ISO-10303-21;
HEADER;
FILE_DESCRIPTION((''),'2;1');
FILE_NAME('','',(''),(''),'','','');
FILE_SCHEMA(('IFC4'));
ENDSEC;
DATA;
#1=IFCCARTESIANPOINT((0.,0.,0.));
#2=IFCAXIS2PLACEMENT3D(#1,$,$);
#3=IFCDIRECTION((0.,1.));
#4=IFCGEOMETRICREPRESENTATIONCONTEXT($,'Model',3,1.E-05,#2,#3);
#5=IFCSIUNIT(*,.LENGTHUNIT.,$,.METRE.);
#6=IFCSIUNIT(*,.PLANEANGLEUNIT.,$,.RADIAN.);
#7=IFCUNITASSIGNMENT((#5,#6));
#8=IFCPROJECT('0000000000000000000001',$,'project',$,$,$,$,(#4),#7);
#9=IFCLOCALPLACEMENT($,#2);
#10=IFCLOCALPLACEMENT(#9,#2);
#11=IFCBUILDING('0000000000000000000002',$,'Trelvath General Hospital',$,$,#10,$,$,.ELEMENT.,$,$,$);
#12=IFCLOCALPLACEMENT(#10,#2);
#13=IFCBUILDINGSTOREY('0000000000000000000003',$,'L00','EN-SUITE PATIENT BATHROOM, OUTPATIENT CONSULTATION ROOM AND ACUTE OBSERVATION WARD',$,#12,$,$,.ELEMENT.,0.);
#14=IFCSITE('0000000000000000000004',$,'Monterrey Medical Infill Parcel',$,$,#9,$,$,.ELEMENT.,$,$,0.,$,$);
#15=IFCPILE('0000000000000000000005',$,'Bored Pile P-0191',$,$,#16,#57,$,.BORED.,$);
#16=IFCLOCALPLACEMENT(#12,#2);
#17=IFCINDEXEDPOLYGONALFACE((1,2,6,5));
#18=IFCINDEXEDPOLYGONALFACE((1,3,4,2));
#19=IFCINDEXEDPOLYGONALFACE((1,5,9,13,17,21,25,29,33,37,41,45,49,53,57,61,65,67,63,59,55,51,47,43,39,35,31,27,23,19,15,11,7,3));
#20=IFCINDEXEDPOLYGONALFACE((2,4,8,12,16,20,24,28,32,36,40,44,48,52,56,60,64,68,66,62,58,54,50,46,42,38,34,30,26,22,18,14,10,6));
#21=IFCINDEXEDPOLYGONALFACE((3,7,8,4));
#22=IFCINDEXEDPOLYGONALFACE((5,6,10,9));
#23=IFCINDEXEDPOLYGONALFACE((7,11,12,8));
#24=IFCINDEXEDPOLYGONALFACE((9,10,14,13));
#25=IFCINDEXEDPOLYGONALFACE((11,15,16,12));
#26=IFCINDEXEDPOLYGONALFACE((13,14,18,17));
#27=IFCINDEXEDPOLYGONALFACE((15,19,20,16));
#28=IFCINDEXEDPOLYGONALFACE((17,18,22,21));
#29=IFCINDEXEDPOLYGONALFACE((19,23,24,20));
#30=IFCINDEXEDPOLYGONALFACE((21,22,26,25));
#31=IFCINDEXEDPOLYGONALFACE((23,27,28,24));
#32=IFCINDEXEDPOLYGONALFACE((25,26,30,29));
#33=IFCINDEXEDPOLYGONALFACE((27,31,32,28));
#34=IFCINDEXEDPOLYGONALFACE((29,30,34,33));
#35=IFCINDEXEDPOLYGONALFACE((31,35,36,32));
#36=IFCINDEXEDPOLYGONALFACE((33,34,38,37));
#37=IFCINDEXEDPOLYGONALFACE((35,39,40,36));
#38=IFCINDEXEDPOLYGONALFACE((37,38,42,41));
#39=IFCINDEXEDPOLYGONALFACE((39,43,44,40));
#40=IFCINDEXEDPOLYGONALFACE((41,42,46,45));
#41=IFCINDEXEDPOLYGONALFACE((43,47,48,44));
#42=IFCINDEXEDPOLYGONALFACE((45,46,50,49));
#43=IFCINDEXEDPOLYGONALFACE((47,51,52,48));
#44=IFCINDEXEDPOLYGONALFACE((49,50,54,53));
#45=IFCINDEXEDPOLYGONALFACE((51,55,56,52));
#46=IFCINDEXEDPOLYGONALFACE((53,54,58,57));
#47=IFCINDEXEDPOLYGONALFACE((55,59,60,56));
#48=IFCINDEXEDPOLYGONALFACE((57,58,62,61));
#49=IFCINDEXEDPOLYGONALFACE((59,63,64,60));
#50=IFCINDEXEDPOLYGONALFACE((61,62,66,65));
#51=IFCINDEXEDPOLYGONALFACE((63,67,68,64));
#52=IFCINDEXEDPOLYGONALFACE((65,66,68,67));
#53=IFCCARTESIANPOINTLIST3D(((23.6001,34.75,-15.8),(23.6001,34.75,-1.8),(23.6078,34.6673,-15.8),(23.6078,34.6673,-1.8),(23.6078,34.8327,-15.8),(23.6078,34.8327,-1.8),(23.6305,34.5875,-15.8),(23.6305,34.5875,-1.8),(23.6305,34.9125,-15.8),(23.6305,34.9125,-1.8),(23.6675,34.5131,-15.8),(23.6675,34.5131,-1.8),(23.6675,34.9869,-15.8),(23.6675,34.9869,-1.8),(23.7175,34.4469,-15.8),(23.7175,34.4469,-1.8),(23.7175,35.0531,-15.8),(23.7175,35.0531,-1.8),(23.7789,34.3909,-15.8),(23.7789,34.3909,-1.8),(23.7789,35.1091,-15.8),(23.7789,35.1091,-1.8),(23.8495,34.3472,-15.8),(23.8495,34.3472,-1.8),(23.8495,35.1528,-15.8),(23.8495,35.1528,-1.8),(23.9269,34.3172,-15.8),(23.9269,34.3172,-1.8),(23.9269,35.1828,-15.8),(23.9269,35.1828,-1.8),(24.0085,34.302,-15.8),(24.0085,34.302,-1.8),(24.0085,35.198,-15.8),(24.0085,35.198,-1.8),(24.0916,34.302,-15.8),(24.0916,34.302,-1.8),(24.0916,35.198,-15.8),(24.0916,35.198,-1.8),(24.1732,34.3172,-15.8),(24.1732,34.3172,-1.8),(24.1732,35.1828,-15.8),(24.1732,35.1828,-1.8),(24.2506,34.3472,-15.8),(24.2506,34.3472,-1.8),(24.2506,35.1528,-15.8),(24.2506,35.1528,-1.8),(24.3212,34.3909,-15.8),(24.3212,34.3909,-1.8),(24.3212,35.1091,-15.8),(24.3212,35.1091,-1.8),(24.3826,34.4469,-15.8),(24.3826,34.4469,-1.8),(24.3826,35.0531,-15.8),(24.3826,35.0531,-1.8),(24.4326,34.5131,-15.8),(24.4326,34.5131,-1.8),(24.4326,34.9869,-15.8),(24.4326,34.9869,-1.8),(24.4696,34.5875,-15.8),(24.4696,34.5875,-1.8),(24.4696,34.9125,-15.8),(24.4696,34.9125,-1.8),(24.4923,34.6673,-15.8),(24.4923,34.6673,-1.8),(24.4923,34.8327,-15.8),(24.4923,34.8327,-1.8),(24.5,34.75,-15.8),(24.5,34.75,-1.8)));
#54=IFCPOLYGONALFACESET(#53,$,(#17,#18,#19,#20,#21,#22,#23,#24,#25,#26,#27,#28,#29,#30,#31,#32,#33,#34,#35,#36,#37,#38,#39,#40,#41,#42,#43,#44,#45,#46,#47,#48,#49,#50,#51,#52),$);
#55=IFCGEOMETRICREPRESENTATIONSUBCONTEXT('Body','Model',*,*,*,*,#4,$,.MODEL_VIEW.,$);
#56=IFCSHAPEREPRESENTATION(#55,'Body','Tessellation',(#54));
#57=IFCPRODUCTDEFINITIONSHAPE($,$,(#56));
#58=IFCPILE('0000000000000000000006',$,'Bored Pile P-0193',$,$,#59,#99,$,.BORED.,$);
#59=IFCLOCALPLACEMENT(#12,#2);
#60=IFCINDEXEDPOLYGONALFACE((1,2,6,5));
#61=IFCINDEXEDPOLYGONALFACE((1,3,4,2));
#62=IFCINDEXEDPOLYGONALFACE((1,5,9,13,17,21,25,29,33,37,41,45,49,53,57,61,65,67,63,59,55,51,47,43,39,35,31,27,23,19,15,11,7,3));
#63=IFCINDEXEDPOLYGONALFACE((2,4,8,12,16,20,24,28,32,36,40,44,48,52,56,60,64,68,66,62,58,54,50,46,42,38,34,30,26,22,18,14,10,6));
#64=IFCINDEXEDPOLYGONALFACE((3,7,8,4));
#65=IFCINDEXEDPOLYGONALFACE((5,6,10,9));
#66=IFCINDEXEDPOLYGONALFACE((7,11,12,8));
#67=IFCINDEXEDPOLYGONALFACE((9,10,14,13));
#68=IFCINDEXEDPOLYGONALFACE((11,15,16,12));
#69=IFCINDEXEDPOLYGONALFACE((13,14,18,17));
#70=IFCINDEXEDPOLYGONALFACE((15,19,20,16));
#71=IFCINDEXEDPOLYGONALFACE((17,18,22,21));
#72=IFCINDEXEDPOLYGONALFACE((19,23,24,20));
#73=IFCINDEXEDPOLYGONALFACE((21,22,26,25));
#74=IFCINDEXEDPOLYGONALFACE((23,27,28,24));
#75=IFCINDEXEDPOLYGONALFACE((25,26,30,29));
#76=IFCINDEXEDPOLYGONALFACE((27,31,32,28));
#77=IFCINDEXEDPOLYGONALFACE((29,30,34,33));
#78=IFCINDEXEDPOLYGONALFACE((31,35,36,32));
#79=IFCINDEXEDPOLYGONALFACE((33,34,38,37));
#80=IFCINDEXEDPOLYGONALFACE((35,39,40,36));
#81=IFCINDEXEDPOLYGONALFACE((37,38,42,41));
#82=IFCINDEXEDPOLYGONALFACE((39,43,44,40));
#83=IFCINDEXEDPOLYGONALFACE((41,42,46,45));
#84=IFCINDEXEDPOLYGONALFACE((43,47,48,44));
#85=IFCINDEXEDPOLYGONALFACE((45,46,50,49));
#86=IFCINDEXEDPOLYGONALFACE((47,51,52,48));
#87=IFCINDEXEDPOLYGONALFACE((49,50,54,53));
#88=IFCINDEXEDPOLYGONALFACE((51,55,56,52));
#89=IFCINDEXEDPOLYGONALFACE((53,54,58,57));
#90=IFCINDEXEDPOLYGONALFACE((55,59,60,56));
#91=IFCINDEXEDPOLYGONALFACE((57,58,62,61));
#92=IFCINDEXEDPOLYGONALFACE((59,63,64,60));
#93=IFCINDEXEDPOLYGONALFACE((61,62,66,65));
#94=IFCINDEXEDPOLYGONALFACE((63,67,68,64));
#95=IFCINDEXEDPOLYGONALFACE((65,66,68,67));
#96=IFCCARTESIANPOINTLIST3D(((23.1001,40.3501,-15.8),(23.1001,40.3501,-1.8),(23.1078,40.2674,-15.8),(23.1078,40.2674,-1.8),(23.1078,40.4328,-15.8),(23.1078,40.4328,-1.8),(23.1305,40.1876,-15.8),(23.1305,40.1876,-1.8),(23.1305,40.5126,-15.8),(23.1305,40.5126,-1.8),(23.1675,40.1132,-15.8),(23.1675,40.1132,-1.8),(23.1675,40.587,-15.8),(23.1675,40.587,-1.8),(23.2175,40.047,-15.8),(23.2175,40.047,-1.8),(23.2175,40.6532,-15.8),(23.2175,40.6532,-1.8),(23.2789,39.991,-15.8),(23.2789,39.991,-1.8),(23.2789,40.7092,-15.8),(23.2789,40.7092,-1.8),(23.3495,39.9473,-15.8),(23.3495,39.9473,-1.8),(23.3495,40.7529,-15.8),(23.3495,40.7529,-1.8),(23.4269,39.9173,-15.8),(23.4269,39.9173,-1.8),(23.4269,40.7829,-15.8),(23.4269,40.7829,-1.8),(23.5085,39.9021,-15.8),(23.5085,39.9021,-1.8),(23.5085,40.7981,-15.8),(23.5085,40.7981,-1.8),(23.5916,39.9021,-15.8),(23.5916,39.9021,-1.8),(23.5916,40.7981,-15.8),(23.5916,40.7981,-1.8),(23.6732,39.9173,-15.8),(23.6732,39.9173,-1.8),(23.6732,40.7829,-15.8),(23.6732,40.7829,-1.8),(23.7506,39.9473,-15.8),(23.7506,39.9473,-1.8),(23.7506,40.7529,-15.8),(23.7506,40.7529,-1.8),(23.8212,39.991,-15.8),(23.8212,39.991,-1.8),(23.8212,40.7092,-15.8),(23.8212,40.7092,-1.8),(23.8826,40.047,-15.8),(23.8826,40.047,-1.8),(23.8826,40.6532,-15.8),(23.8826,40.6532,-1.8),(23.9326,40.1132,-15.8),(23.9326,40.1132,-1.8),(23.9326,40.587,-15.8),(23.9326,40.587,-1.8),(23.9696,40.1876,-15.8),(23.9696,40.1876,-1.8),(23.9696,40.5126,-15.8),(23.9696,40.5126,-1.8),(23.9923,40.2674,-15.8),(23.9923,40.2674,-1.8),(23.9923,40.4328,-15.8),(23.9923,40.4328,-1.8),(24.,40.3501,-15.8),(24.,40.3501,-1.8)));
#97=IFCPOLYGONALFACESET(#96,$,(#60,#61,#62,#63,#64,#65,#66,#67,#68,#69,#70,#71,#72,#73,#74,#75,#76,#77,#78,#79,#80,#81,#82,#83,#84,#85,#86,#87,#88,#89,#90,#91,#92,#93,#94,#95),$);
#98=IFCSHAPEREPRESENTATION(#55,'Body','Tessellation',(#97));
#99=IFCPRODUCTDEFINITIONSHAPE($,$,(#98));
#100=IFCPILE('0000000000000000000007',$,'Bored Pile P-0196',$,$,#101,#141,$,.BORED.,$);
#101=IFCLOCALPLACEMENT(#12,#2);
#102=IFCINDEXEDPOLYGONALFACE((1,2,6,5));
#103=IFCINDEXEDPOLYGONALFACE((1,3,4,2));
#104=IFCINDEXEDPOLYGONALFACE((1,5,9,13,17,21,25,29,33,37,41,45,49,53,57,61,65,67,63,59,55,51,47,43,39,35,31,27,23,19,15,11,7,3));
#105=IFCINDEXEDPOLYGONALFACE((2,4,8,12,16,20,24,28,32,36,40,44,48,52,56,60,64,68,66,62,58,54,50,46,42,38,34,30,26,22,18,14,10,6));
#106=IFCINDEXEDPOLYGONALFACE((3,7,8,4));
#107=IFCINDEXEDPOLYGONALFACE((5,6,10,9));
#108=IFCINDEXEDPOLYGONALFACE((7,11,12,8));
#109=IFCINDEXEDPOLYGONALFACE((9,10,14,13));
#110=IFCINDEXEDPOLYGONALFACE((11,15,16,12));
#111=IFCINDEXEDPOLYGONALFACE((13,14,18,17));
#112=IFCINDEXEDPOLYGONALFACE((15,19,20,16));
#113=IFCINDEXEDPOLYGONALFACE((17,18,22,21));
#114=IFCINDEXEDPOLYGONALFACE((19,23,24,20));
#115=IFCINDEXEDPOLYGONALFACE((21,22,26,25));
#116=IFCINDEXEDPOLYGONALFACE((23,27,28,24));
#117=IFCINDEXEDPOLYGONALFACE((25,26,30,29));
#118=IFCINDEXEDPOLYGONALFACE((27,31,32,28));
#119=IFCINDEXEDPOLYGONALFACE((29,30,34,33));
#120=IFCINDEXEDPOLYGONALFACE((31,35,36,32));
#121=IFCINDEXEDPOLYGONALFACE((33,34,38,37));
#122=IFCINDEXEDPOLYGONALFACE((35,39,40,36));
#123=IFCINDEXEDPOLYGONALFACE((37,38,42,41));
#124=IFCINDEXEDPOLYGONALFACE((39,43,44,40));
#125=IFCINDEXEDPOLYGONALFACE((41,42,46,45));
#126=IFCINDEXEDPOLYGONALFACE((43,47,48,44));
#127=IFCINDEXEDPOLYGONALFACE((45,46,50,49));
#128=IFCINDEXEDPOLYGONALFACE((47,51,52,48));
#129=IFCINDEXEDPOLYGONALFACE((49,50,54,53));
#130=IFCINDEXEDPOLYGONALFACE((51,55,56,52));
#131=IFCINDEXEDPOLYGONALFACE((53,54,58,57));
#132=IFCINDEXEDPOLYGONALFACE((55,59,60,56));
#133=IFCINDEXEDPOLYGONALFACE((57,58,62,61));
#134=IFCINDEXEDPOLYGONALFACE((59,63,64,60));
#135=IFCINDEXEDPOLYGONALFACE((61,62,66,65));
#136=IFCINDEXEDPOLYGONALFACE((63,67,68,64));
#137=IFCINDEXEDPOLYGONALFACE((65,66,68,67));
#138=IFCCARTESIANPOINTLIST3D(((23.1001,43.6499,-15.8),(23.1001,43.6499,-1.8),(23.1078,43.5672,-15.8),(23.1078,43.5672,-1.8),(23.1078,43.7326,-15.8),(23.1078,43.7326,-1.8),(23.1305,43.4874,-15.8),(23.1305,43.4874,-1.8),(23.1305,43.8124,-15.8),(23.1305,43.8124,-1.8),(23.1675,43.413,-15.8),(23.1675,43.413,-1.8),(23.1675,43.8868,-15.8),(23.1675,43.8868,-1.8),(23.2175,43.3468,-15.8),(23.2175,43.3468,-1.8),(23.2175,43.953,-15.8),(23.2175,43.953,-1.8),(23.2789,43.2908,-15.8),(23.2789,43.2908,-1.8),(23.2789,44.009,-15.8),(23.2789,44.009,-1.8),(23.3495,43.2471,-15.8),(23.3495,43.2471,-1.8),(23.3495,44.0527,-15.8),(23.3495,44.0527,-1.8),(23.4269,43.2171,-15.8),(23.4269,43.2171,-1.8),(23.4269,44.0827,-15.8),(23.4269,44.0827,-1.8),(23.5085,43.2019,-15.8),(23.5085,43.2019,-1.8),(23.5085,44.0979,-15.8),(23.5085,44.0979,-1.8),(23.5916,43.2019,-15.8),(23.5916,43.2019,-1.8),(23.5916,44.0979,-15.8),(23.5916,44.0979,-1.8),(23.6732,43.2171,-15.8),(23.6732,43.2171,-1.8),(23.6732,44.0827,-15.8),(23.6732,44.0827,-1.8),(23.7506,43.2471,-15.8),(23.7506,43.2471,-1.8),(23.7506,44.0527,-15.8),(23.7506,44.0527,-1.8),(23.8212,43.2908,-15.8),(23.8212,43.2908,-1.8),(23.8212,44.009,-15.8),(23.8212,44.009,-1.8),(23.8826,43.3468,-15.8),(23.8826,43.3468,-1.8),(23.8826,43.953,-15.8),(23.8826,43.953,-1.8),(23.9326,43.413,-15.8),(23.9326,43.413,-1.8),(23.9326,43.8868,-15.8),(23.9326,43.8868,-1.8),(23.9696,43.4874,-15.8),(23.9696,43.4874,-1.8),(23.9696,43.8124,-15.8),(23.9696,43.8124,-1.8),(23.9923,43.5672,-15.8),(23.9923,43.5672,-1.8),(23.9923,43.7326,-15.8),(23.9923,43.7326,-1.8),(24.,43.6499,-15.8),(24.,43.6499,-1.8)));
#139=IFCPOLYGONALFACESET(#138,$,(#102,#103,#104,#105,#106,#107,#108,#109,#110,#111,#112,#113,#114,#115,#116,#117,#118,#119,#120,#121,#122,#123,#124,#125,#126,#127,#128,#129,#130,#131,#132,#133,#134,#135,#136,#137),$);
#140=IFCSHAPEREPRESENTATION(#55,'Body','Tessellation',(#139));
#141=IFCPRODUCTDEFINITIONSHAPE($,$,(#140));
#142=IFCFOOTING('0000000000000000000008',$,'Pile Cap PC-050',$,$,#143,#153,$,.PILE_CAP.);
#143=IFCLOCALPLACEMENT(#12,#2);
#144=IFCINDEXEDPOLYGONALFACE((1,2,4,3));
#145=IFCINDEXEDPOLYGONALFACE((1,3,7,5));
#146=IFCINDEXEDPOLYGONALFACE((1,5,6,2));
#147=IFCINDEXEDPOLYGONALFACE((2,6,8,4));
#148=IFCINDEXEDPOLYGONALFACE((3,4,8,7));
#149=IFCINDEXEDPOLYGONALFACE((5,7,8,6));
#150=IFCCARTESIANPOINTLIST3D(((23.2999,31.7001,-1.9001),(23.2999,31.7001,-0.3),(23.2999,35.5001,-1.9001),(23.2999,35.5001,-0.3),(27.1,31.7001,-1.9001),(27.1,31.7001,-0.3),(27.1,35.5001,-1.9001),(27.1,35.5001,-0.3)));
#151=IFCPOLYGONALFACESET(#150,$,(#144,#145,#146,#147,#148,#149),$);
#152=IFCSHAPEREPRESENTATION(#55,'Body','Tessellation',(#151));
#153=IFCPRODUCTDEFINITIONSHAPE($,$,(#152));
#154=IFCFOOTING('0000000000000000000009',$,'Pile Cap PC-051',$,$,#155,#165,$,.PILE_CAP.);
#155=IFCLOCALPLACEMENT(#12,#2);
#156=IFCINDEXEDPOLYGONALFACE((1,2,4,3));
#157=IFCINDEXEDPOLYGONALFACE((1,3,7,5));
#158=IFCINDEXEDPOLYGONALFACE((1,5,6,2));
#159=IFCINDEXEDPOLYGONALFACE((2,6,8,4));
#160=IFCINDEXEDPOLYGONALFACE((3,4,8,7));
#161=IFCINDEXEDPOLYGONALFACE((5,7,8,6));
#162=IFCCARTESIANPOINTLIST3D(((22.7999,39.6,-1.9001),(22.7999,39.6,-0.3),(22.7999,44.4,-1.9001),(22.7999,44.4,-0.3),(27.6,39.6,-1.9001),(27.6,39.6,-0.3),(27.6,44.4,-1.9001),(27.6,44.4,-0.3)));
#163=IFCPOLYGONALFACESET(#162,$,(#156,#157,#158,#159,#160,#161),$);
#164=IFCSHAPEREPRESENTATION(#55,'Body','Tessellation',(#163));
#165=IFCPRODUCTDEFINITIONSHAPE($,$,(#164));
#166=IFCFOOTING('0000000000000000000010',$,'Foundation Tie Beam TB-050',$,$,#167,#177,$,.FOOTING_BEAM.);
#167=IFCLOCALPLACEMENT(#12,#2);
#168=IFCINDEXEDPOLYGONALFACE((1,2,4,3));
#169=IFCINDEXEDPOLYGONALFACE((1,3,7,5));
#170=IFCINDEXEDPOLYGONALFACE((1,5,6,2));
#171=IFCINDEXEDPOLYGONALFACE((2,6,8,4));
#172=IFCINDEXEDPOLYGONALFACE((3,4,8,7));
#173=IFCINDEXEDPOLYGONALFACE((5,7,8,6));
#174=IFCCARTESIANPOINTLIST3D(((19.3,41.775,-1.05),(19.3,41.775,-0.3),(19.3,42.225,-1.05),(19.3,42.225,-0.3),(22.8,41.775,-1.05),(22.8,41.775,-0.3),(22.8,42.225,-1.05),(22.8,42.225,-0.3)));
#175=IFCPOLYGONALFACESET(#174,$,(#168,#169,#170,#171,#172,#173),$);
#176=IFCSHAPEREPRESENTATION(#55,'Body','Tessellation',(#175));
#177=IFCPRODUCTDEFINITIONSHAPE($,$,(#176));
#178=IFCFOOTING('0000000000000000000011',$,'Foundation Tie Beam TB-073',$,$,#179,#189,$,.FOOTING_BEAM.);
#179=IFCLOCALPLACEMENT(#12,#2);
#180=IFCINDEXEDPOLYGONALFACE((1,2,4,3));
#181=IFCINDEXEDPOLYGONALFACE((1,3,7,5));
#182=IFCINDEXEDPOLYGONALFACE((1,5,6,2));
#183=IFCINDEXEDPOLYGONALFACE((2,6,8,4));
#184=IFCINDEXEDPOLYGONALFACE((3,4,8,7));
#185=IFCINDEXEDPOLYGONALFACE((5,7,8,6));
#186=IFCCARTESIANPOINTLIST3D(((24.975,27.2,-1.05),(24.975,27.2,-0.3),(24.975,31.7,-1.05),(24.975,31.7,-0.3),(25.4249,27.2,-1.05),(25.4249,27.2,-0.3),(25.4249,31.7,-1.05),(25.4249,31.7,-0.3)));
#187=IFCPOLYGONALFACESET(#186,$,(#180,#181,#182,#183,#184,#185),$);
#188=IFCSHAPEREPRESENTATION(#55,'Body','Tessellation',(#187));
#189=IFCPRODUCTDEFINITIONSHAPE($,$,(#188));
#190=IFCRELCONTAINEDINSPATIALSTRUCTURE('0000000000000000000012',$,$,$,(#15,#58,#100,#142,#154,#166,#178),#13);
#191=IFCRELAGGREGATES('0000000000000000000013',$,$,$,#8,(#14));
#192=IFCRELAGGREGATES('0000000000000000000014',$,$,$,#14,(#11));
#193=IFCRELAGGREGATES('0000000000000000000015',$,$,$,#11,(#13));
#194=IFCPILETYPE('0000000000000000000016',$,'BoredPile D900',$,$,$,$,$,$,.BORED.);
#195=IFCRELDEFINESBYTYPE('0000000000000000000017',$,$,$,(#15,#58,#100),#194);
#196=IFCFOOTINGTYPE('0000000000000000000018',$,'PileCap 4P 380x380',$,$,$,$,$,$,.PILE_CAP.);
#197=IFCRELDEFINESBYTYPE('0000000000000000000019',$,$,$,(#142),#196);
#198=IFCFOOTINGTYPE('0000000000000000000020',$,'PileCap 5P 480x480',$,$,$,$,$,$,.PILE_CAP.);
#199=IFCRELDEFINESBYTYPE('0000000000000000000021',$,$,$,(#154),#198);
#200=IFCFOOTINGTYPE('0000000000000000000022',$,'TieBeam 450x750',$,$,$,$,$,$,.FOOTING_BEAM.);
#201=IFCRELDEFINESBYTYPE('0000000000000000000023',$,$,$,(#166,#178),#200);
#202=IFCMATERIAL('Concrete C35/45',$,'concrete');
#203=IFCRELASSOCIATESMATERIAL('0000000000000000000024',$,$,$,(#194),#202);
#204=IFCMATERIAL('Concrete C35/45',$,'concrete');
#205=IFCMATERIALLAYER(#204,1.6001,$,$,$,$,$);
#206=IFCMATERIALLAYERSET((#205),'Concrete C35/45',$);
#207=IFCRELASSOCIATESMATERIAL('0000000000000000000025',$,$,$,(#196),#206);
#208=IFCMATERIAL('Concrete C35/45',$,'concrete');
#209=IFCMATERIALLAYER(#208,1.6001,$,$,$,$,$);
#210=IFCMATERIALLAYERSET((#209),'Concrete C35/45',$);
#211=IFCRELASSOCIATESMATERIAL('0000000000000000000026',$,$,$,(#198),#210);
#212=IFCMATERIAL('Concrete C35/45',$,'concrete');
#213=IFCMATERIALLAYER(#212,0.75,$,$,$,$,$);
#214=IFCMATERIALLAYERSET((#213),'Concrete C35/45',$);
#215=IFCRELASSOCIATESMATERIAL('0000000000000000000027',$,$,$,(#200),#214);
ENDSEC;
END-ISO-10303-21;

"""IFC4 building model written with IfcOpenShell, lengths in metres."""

from ifc_helpers import new_model, si_unit, direction, frame, origin, origin_2d, place, context, subcontext, project, spatial, rectangle, circle, extrude, material, layer, layer_set, material_profile, profile_set, type_object, element, save


model = new_model("IFC4")

# Units and contexts
model_context = context("Model", 3, precision=1e-05, world=origin(), true_north=direction((0.0, 1.0)))
body_context = subcontext(model_context, "Body", "Model", "MODEL_VIEW")
ifc_project = project(units=[si_unit("LENGTHUNIT", "METRE"), si_unit("PLANEANGLEUNIT", "RADIAN")], contexts=[model_context])

# Site, building, storey
site_placement = place(None, origin())
site = spatial("IfcSite", under=ifc_project, at=site_placement, Name="Monterrey Medical Infill Parcel", CompositionType="ELEMENT", RefElevation=0.0)
building_placement = place(site_placement, origin())
building = spatial("IfcBuilding", under=site, at=building_placement, Name="Trelvath General Hospital", CompositionType="ELEMENT")
storey_placement = place(building_placement, origin())
storey = spatial("IfcBuildingStorey", under=building, at=storey_placement, Name="L00", Description="EN-SUITE PATIENT BATHROOM, OUTPATIENT CONSULTATION ROOM AND ACUTE OBSERVATION WARD", CompositionType="ELEMENT", Elevation=0.0)

# Piles
ifc_material_1 = material(Name="Concrete C35/45", Category="concrete")
ifc_material_profile_1 = material_profile(ifc_material_1, circle(Radius=0.45, at=origin_2d()), Name="PILE900")
ifc_profile_set_1 = profile_set([ifc_material_profile_1], Name="Concrete C35/45")
pile_type = type_object("IfcPileType", Name="BoredPile D900", PredefinedType="BORED", material=ifc_profile_set_1)
for number, where, z_axis, x_axis, name in (
    (1, (24.05, 34.75, -1.8), (0.0, 0.0, -1.0), (1.0, 0.0, 0.0), "Bored Pile P-0191"),
    (2, (23.55, 40.3501, -1.8), (0.0, 0.0, -1.0), (1.0, 0.0, 0.0), "Bored Pile P-0193"),
    (3, (23.55, 43.6499, -1.8), (0.0, 0.0, -1.0), (1.0, 0.0, 0.0), "Bored Pile P-0196"),
):
    element("IfcPile", number, at=place(storey_placement, frame(where, z_axis=z_axis, x_axis=x_axis)), inside=storey, type_object=pile_type, Name=name, PredefinedType="BORED", context=body_context, shape_type="SweptSolid", body=[
        extrude(circle(Radius=0.45, at=origin_2d()), origin(), (0.0, 0.0, 1.0), 14.0),
    ])

# Footings
ifc_material_2 = material(Name="Concrete C35/45", Category="concrete")
ifc_layer_1 = layer(ifc_material_2, 1.6001)
ifc_layer_set_1 = layer_set([ifc_layer_1], Name="Concrete C35/45")
footing_type_1 = type_object("IfcFootingType", Name="PileCap 4P 380x380", PredefinedType="PILE_CAP", material=ifc_layer_set_1)
footing_1_placement = place(storey_placement, frame((25.2, 33.6001, -1.9001), z_axis=(0.0, 0.0, 1.0), x_axis=(1.0, 0.0, 0.0)))
element("IfcFooting", 4, at=footing_1_placement, inside=storey, type_object=footing_type_1, Name="Pile Cap PC-050", PredefinedType="PILE_CAP", context=body_context, shape_type="SweptSolid", body=[
    extrude(rectangle(XDim=3.8, YDim=3.8, at=origin_2d()), origin(), (0.0, 0.0, 1.0), 1.6001),
])
ifc_material_3 = material(Name="Concrete C35/45", Category="concrete")
ifc_layer_2 = layer(ifc_material_3, 1.6001)
ifc_layer_set_2 = layer_set([ifc_layer_2], Name="Concrete C35/45")
footing_type_2 = type_object("IfcFootingType", Name="PileCap 5P 480x480", PredefinedType="PILE_CAP", material=ifc_layer_set_2)
footing_2_placement = place(storey_placement, frame((25.2, 42.0, -1.9001), z_axis=(0.0, 0.0, 1.0), x_axis=(1.0, 0.0, 0.0)))
element("IfcFooting", 5, at=footing_2_placement, inside=storey, type_object=footing_type_2, Name="Pile Cap PC-051", PredefinedType="PILE_CAP", context=body_context, shape_type="SweptSolid", body=[
    extrude(rectangle(XDim=4.8, YDim=4.8, at=origin_2d()), origin(), (0.0, 0.0, 1.0), 1.6001),
])
ifc_material_4 = material(Name="Concrete C35/45", Category="concrete")
ifc_layer_3 = layer(ifc_material_4, 0.75)
ifc_layer_set_3 = layer_set([ifc_layer_3], Name="Concrete C35/45")
footing_type_3 = type_object("IfcFootingType", Name="TieBeam 450x750", PredefinedType="FOOTING_BEAM", material=ifc_layer_set_3)
footing_3_placement = place(storey_placement, frame((21.05, 42.0, -1.05), z_axis=(0.0, 0.0, 1.0), x_axis=(1.0, 0.0, 0.0)))
element("IfcFooting", 6, at=footing_3_placement, inside=storey, type_object=footing_type_3, Name="Foundation Tie Beam TB-050", PredefinedType="FOOTING_BEAM", context=body_context, shape_type="SweptSolid", body=[
    extrude(rectangle(XDim=3.5, YDim=0.45, at=origin_2d()), origin(), (0.0, 0.0, 1.0), 0.75),
])
footing_4_placement = place(storey_placement, frame((25.2, 29.45, -1.05), z_axis=(0.0, 0.0, 1.0), x_axis=(1.0, 0.0, 0.0)))
element("IfcFooting", 7, at=footing_4_placement, inside=storey, type_object=footing_type_3, Name="Foundation Tie Beam TB-073", PredefinedType="FOOTING_BEAM", context=body_context, shape_type="SweptSolid", body=[
    extrude(rectangle(XDim=0.45, YDim=4.5, at=origin_2d()), origin(), (0.0, 0.0, 1.0), 0.75),
])

save(model, "model.ifc")
